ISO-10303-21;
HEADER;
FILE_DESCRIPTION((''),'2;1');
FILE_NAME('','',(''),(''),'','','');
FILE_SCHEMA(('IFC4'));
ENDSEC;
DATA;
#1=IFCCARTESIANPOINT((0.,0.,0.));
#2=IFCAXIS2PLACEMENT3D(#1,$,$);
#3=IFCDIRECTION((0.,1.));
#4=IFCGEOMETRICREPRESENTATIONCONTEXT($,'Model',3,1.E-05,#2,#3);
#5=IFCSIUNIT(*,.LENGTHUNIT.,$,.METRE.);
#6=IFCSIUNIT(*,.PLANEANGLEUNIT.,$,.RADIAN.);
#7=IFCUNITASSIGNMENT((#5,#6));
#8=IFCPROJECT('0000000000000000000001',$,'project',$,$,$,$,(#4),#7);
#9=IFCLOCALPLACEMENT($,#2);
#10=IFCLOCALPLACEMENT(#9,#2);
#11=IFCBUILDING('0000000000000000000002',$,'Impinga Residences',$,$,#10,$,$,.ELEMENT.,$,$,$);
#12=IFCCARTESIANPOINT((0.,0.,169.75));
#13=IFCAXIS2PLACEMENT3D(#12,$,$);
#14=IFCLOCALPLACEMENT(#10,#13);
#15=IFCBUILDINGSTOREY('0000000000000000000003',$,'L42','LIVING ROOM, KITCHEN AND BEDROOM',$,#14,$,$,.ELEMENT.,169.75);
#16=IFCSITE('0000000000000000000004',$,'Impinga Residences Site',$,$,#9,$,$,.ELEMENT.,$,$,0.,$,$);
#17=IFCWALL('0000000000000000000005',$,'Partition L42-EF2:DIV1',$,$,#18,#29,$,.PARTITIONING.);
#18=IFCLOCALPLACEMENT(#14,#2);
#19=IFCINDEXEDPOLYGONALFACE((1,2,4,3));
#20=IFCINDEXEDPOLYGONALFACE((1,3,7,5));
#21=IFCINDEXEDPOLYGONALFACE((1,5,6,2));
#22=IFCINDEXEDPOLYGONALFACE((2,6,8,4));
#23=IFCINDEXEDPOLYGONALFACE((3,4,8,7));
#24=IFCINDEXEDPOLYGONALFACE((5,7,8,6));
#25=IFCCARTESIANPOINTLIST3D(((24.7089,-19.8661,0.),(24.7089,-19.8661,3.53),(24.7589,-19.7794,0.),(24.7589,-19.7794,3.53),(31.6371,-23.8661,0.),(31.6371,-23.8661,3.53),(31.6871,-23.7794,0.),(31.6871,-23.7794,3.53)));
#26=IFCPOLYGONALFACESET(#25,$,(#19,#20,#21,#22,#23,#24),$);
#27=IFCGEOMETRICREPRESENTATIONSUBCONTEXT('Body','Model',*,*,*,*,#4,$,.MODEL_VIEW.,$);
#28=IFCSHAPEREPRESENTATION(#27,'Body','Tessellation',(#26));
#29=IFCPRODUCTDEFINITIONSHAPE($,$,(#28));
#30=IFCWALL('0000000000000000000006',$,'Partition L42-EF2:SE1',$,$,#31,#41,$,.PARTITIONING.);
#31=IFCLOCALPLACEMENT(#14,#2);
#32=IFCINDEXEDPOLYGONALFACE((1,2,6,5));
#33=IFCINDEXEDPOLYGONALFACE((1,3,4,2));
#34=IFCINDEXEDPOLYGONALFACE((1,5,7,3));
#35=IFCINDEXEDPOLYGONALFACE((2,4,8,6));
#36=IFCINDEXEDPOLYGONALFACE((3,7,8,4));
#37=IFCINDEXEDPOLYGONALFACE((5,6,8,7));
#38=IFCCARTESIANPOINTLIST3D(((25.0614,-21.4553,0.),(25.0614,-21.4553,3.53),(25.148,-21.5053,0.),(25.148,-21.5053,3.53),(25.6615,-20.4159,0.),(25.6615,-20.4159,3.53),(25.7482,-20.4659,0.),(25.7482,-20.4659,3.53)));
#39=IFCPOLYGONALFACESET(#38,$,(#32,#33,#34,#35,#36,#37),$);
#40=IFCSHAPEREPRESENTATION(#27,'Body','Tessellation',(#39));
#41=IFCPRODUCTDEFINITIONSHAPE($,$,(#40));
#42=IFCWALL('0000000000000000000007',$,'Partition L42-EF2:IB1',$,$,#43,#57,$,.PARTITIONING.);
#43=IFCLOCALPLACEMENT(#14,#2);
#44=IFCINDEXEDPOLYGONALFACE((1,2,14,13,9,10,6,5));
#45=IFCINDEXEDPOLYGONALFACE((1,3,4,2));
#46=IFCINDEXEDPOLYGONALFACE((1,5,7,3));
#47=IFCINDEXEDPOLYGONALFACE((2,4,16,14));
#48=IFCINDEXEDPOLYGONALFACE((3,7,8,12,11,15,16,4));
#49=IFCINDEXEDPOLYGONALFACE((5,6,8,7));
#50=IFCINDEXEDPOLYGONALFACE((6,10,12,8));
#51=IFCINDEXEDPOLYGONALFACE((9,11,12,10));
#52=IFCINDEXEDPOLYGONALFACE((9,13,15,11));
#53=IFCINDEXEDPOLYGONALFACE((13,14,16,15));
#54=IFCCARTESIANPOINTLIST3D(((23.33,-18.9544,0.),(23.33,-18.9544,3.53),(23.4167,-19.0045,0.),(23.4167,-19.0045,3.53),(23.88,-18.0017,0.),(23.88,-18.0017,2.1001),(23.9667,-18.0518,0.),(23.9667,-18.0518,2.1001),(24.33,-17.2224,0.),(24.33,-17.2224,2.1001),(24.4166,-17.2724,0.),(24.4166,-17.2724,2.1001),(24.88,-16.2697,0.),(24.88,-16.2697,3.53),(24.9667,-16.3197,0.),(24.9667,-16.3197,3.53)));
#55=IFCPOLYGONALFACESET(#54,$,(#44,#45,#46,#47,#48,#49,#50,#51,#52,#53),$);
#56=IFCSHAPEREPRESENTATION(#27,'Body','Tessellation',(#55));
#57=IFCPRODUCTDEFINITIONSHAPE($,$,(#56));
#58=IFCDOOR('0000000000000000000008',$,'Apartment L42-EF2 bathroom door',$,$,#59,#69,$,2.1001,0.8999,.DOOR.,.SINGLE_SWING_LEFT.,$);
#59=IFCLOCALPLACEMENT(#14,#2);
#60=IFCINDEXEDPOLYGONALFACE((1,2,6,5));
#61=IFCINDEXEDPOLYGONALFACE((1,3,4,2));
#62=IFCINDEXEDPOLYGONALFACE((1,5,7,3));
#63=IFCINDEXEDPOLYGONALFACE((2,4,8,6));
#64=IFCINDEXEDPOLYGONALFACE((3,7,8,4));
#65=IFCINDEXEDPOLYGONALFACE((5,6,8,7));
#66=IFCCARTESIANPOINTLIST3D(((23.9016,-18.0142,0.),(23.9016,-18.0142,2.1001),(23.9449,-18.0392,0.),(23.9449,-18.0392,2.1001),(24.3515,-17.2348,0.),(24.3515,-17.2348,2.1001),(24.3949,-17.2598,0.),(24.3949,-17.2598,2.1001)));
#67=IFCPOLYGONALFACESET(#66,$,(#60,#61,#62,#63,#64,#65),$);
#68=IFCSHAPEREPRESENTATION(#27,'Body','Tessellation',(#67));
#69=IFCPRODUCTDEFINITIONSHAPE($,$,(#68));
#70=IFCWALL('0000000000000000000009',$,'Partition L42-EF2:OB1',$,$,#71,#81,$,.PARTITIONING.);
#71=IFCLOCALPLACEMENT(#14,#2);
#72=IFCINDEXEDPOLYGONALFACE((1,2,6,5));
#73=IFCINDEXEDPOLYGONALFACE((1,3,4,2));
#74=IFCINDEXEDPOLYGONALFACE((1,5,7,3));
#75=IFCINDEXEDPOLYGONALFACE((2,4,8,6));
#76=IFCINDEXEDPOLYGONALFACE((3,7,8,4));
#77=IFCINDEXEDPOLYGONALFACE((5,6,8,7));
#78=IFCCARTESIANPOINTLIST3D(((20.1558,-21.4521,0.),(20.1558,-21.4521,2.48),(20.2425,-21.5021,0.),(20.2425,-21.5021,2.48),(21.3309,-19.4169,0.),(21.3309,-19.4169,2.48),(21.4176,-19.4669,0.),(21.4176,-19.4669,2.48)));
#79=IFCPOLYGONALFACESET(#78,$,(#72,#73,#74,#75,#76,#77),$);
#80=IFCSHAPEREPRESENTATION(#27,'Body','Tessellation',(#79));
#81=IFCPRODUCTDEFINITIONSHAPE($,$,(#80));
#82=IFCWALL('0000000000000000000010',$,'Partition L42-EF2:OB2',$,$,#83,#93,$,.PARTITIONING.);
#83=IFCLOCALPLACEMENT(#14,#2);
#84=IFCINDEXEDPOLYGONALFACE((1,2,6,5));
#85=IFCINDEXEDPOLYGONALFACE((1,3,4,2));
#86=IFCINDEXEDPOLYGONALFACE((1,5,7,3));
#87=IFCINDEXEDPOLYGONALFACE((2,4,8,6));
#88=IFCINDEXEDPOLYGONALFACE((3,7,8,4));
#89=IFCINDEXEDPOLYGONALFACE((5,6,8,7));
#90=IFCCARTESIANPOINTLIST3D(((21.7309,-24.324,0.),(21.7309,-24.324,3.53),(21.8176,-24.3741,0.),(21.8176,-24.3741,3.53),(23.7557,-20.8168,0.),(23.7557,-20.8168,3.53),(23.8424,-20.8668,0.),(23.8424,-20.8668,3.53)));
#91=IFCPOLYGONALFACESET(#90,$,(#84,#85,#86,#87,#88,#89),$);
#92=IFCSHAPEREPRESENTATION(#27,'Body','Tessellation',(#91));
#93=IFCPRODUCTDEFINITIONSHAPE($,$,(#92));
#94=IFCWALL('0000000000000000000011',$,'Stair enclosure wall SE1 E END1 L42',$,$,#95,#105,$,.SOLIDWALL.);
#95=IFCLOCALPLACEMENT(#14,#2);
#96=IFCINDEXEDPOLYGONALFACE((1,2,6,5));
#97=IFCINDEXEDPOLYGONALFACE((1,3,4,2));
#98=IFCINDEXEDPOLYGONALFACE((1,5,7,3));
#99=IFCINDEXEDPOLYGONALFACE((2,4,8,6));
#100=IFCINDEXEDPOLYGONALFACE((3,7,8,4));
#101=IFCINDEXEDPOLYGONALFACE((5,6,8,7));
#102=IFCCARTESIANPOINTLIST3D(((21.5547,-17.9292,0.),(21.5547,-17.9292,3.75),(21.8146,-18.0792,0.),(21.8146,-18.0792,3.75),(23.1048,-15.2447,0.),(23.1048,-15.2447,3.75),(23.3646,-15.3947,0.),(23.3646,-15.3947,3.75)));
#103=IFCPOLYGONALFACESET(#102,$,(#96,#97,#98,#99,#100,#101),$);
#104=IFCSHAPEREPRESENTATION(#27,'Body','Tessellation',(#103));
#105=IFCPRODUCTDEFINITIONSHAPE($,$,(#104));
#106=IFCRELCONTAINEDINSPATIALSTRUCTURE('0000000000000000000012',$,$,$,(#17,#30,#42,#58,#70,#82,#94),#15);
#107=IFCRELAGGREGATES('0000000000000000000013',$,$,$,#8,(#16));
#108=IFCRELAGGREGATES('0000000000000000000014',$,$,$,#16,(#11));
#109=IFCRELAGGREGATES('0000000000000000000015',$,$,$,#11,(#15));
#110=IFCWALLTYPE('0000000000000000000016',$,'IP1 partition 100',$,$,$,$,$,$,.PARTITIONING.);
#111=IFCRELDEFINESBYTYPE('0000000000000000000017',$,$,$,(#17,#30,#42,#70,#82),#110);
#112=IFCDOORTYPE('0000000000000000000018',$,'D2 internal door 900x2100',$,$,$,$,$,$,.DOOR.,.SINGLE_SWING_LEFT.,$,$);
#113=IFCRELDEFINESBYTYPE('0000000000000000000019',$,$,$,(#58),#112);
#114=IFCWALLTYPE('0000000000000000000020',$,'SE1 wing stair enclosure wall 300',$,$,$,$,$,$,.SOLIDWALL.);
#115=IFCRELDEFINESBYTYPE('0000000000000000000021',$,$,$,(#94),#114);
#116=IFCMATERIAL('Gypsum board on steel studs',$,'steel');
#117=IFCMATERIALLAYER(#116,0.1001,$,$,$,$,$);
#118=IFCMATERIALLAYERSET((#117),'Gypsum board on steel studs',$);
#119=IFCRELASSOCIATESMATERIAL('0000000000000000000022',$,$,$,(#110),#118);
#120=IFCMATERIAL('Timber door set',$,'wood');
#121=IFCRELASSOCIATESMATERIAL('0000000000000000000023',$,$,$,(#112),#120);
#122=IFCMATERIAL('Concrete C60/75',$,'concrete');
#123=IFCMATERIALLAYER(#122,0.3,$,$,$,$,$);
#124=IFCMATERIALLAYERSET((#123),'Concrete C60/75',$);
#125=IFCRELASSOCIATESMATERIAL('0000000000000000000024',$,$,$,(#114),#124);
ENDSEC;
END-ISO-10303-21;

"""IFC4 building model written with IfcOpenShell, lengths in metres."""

from ifc_helpers import new_model, si_unit, direction, frame, frame_2d, origin, place, context, subcontext, project, spatial, rectangle, extrude, material, layer, layer_set, type_object, element, fill, save


model = new_model("IFC4")

# Units and contexts
model_context = context("Model", 3, precision=1e-05, world=origin(), true_north=direction((0.0, 1.0)))
body_context = subcontext(model_context, "Body", "Model", "MODEL_VIEW")
ifc_project = project(units=[si_unit("LENGTHUNIT", "METRE"), si_unit("PLANEANGLEUNIT", "RADIAN")], contexts=[model_context])

# Site, building, storey
site_placement = place(None, origin())
site = spatial("IfcSite", under=ifc_project, at=site_placement, Name="Impinga Residences Site", CompositionType="ELEMENT", RefElevation=0.0)
building_placement = place(site_placement, origin())
building = spatial("IfcBuilding", under=site, at=building_placement, Name="Impinga Residences", CompositionType="ELEMENT")
storey_placement = place(building_placement, frame((0.0, 0.0, 169.75)))
storey = spatial("IfcBuildingStorey", under=building, at=storey_placement, Name="L42", Description="LIVING ROOM, KITCHEN AND BEDROOM", CompositionType="ELEMENT", Elevation=169.75)

# Shared definitions
ifc_material_1 = material(Name="Concrete C60/75", Category="concrete")

# Walls
ifc_material_2 = material(Name="Gypsum board on steel studs", Category="steel")
ifc_layer_1 = layer(ifc_material_2, 0.1001)
ifc_layer_set_1 = layer_set([ifc_layer_1], Name="Gypsum board on steel studs")
wall_type_1 = type_object("IfcWallType", Name="IP1 partition 100", PredefinedType="PARTITIONING", material=ifc_layer_set_1)
wall_1_placement = place(storey_placement, frame((24.7339, -19.8228, 0.0), z_axis=(0.0, 0.0, 1.0), x_axis=(0.866026, -0.499999, 0.0)))
element("IfcWall", 1, at=wall_1_placement, inside=storey, type_object=wall_type_1, Name="Partition L42-EF2:DIV1", PredefinedType="PARTITIONING", context=body_context, shape_type="SweptSolid", body=[
    extrude(rectangle(XDim=8.0, YDim=0.1001, at=frame_2d((4.0, 0.0))), origin(), (0.0, 0.0, 1.0), 3.53),
])
wall_2_placement = place(storey_placement, frame((25.7048, -20.4409, 0.0), z_axis=(0.0, 0.0, 1.0), x_axis=(-0.500034, -0.866006, 0.0)))
element("IfcWall", 2, at=wall_2_placement, inside=storey, type_object=wall_type_1, Name="Partition L42-EF2:SE1", PredefinedType="PARTITIONING", context=body_context, shape_type="SweptSolid", body=[
    extrude(rectangle(XDim=1.2002, YDim=0.1001, at=frame_2d((0.6001, 0.0))), origin(), (0.0, 0.0, 1.0), 3.53),
])

# Wall, opening, door
wall_3_placement = place(storey_placement, frame((24.9233, -16.2947, 0.0), z_axis=(0.0, 0.0, 1.0), x_axis=(-0.499993, -0.86603, 0.0)))
wall_3 = element("IfcWall", 3, at=wall_3_placement, inside=storey, type_object=wall_type_1, Name="Partition L42-EF2:IB1", PredefinedType="PARTITIONING", context=body_context, shape_type="SweptSolid", body=[
    extrude(rectangle(XDim=3.1001, YDim=0.1001, at=frame_2d((1.55, 0.0))), origin(), (0.0, 0.0, 1.0), 3.53),
])
opening_1_placement = place(wall_3_placement, frame((1.1001, 0.0, 0.0)))
opening_1 = element("IfcOpeningElement", 4, at=opening_1_placement, cuts=wall_3, PredefinedType="OPENING", context=body_context, shape_type="SweptSolid", body=[
    extrude(rectangle(XDim=0.8999, YDim=2.1001, at=frame_2d((0.45, 1.05))), frame((0.0, 0.0601, 0.0), z_axis=(0.0, -1.0, 0.0), x_axis=(1.0, 0.0, 0.0)), (0.0, 0.0, 1.0), 0.1201),
])
ifc_material_3 = material(Name="Timber door set", Category="wood")
door_type = type_object("IfcDoorType", Name="D2 internal door 900x2100", OperationType="SINGLE_SWING_LEFT", PredefinedType="DOOR", material=ifc_material_3)
door_placement = place(opening_1_placement, origin())
door = element("IfcDoor", 5, at=door_placement, inside=storey, type_object=door_type, Name="Apartment L42-EF2 bathroom door", OperationType="SINGLE_SWING_LEFT", OverallHeight=2.1001, OverallWidth=0.8999, PredefinedType="DOOR", context=body_context, shape_type="SweptSolid", body=[
    extrude(rectangle(XDim=0.8999, YDim=2.1001, at=frame_2d((0.45, 1.05))), frame((0.0, 0.0249, 0.0), z_axis=(0.0, -1.0, 0.0), x_axis=(1.0, 0.0, 0.0)), (0.0, 0.0, 1.0), 0.05),
])
fill(opening_1, door)

# Walls
wall_4_placement = place(storey_placement, frame((21.3743, -19.4419, 0.0), z_axis=(0.0, 0.0, 1.0), x_axis=(-0.500016, -0.866016, 0.0)))
element("IfcWall", 6, at=wall_4_placement, inside=storey, type_object=wall_type_1, Name="Partition L42-EF2:OB1", PredefinedType="PARTITIONING", context=body_context, shape_type="SweptSolid", body=[
    extrude(rectangle(XDim=2.3501, YDim=0.1001, at=frame_2d((1.175, 0.0))), origin(), (0.0, 0.0, 1.0), 2.48),
])
wall_5_placement = place(storey_placement, frame((23.7991, -20.8418, 0.0), z_axis=(0.0, 0.0, 1.0), x_axis=(-0.49999, -0.866031, 0.0)))
element("IfcWall", 7, at=wall_5_placement, inside=storey, type_object=wall_type_1, Name="Partition L42-EF2:OB2", PredefinedType="PARTITIONING", context=body_context, shape_type="SweptSolid", body=[
    extrude(rectangle(XDim=4.0498, YDim=0.1001, at=frame_2d((2.0249, 0.0))), origin(), (0.0, 0.0, 1.0), 3.53),
])
ifc_layer_2 = layer(ifc_material_1, 0.3)
ifc_layer_set_2 = layer_set([ifc_layer_2], Name="Concrete C60/75")
wall_type_2 = type_object("IfcWallType", Name="SE1 wing stair enclosure wall 300", PredefinedType="SOLIDWALL", material=ifc_layer_set_2)
wall_6_placement = place(storey_placement, frame((23.2346, -15.3198, 0.0), z_axis=(0.0, 0.0, 1.0), x_axis=(-0.500027, -0.86601, 0.0)))
element("IfcWall", 8, at=wall_6_placement, inside=storey, type_object=wall_type_2, Name="Stair enclosure wall SE1 E END1 L42", PredefinedType="SOLIDWALL", context=body_context, shape_type="SweptSolid", body=[
    extrude(rectangle(XDim=3.0999, YDim=0.3, at=frame_2d((1.5498, 0.0))), origin(), (0.0, 0.0, 1.0), 3.75),
])

save(model, "model.ifc")
